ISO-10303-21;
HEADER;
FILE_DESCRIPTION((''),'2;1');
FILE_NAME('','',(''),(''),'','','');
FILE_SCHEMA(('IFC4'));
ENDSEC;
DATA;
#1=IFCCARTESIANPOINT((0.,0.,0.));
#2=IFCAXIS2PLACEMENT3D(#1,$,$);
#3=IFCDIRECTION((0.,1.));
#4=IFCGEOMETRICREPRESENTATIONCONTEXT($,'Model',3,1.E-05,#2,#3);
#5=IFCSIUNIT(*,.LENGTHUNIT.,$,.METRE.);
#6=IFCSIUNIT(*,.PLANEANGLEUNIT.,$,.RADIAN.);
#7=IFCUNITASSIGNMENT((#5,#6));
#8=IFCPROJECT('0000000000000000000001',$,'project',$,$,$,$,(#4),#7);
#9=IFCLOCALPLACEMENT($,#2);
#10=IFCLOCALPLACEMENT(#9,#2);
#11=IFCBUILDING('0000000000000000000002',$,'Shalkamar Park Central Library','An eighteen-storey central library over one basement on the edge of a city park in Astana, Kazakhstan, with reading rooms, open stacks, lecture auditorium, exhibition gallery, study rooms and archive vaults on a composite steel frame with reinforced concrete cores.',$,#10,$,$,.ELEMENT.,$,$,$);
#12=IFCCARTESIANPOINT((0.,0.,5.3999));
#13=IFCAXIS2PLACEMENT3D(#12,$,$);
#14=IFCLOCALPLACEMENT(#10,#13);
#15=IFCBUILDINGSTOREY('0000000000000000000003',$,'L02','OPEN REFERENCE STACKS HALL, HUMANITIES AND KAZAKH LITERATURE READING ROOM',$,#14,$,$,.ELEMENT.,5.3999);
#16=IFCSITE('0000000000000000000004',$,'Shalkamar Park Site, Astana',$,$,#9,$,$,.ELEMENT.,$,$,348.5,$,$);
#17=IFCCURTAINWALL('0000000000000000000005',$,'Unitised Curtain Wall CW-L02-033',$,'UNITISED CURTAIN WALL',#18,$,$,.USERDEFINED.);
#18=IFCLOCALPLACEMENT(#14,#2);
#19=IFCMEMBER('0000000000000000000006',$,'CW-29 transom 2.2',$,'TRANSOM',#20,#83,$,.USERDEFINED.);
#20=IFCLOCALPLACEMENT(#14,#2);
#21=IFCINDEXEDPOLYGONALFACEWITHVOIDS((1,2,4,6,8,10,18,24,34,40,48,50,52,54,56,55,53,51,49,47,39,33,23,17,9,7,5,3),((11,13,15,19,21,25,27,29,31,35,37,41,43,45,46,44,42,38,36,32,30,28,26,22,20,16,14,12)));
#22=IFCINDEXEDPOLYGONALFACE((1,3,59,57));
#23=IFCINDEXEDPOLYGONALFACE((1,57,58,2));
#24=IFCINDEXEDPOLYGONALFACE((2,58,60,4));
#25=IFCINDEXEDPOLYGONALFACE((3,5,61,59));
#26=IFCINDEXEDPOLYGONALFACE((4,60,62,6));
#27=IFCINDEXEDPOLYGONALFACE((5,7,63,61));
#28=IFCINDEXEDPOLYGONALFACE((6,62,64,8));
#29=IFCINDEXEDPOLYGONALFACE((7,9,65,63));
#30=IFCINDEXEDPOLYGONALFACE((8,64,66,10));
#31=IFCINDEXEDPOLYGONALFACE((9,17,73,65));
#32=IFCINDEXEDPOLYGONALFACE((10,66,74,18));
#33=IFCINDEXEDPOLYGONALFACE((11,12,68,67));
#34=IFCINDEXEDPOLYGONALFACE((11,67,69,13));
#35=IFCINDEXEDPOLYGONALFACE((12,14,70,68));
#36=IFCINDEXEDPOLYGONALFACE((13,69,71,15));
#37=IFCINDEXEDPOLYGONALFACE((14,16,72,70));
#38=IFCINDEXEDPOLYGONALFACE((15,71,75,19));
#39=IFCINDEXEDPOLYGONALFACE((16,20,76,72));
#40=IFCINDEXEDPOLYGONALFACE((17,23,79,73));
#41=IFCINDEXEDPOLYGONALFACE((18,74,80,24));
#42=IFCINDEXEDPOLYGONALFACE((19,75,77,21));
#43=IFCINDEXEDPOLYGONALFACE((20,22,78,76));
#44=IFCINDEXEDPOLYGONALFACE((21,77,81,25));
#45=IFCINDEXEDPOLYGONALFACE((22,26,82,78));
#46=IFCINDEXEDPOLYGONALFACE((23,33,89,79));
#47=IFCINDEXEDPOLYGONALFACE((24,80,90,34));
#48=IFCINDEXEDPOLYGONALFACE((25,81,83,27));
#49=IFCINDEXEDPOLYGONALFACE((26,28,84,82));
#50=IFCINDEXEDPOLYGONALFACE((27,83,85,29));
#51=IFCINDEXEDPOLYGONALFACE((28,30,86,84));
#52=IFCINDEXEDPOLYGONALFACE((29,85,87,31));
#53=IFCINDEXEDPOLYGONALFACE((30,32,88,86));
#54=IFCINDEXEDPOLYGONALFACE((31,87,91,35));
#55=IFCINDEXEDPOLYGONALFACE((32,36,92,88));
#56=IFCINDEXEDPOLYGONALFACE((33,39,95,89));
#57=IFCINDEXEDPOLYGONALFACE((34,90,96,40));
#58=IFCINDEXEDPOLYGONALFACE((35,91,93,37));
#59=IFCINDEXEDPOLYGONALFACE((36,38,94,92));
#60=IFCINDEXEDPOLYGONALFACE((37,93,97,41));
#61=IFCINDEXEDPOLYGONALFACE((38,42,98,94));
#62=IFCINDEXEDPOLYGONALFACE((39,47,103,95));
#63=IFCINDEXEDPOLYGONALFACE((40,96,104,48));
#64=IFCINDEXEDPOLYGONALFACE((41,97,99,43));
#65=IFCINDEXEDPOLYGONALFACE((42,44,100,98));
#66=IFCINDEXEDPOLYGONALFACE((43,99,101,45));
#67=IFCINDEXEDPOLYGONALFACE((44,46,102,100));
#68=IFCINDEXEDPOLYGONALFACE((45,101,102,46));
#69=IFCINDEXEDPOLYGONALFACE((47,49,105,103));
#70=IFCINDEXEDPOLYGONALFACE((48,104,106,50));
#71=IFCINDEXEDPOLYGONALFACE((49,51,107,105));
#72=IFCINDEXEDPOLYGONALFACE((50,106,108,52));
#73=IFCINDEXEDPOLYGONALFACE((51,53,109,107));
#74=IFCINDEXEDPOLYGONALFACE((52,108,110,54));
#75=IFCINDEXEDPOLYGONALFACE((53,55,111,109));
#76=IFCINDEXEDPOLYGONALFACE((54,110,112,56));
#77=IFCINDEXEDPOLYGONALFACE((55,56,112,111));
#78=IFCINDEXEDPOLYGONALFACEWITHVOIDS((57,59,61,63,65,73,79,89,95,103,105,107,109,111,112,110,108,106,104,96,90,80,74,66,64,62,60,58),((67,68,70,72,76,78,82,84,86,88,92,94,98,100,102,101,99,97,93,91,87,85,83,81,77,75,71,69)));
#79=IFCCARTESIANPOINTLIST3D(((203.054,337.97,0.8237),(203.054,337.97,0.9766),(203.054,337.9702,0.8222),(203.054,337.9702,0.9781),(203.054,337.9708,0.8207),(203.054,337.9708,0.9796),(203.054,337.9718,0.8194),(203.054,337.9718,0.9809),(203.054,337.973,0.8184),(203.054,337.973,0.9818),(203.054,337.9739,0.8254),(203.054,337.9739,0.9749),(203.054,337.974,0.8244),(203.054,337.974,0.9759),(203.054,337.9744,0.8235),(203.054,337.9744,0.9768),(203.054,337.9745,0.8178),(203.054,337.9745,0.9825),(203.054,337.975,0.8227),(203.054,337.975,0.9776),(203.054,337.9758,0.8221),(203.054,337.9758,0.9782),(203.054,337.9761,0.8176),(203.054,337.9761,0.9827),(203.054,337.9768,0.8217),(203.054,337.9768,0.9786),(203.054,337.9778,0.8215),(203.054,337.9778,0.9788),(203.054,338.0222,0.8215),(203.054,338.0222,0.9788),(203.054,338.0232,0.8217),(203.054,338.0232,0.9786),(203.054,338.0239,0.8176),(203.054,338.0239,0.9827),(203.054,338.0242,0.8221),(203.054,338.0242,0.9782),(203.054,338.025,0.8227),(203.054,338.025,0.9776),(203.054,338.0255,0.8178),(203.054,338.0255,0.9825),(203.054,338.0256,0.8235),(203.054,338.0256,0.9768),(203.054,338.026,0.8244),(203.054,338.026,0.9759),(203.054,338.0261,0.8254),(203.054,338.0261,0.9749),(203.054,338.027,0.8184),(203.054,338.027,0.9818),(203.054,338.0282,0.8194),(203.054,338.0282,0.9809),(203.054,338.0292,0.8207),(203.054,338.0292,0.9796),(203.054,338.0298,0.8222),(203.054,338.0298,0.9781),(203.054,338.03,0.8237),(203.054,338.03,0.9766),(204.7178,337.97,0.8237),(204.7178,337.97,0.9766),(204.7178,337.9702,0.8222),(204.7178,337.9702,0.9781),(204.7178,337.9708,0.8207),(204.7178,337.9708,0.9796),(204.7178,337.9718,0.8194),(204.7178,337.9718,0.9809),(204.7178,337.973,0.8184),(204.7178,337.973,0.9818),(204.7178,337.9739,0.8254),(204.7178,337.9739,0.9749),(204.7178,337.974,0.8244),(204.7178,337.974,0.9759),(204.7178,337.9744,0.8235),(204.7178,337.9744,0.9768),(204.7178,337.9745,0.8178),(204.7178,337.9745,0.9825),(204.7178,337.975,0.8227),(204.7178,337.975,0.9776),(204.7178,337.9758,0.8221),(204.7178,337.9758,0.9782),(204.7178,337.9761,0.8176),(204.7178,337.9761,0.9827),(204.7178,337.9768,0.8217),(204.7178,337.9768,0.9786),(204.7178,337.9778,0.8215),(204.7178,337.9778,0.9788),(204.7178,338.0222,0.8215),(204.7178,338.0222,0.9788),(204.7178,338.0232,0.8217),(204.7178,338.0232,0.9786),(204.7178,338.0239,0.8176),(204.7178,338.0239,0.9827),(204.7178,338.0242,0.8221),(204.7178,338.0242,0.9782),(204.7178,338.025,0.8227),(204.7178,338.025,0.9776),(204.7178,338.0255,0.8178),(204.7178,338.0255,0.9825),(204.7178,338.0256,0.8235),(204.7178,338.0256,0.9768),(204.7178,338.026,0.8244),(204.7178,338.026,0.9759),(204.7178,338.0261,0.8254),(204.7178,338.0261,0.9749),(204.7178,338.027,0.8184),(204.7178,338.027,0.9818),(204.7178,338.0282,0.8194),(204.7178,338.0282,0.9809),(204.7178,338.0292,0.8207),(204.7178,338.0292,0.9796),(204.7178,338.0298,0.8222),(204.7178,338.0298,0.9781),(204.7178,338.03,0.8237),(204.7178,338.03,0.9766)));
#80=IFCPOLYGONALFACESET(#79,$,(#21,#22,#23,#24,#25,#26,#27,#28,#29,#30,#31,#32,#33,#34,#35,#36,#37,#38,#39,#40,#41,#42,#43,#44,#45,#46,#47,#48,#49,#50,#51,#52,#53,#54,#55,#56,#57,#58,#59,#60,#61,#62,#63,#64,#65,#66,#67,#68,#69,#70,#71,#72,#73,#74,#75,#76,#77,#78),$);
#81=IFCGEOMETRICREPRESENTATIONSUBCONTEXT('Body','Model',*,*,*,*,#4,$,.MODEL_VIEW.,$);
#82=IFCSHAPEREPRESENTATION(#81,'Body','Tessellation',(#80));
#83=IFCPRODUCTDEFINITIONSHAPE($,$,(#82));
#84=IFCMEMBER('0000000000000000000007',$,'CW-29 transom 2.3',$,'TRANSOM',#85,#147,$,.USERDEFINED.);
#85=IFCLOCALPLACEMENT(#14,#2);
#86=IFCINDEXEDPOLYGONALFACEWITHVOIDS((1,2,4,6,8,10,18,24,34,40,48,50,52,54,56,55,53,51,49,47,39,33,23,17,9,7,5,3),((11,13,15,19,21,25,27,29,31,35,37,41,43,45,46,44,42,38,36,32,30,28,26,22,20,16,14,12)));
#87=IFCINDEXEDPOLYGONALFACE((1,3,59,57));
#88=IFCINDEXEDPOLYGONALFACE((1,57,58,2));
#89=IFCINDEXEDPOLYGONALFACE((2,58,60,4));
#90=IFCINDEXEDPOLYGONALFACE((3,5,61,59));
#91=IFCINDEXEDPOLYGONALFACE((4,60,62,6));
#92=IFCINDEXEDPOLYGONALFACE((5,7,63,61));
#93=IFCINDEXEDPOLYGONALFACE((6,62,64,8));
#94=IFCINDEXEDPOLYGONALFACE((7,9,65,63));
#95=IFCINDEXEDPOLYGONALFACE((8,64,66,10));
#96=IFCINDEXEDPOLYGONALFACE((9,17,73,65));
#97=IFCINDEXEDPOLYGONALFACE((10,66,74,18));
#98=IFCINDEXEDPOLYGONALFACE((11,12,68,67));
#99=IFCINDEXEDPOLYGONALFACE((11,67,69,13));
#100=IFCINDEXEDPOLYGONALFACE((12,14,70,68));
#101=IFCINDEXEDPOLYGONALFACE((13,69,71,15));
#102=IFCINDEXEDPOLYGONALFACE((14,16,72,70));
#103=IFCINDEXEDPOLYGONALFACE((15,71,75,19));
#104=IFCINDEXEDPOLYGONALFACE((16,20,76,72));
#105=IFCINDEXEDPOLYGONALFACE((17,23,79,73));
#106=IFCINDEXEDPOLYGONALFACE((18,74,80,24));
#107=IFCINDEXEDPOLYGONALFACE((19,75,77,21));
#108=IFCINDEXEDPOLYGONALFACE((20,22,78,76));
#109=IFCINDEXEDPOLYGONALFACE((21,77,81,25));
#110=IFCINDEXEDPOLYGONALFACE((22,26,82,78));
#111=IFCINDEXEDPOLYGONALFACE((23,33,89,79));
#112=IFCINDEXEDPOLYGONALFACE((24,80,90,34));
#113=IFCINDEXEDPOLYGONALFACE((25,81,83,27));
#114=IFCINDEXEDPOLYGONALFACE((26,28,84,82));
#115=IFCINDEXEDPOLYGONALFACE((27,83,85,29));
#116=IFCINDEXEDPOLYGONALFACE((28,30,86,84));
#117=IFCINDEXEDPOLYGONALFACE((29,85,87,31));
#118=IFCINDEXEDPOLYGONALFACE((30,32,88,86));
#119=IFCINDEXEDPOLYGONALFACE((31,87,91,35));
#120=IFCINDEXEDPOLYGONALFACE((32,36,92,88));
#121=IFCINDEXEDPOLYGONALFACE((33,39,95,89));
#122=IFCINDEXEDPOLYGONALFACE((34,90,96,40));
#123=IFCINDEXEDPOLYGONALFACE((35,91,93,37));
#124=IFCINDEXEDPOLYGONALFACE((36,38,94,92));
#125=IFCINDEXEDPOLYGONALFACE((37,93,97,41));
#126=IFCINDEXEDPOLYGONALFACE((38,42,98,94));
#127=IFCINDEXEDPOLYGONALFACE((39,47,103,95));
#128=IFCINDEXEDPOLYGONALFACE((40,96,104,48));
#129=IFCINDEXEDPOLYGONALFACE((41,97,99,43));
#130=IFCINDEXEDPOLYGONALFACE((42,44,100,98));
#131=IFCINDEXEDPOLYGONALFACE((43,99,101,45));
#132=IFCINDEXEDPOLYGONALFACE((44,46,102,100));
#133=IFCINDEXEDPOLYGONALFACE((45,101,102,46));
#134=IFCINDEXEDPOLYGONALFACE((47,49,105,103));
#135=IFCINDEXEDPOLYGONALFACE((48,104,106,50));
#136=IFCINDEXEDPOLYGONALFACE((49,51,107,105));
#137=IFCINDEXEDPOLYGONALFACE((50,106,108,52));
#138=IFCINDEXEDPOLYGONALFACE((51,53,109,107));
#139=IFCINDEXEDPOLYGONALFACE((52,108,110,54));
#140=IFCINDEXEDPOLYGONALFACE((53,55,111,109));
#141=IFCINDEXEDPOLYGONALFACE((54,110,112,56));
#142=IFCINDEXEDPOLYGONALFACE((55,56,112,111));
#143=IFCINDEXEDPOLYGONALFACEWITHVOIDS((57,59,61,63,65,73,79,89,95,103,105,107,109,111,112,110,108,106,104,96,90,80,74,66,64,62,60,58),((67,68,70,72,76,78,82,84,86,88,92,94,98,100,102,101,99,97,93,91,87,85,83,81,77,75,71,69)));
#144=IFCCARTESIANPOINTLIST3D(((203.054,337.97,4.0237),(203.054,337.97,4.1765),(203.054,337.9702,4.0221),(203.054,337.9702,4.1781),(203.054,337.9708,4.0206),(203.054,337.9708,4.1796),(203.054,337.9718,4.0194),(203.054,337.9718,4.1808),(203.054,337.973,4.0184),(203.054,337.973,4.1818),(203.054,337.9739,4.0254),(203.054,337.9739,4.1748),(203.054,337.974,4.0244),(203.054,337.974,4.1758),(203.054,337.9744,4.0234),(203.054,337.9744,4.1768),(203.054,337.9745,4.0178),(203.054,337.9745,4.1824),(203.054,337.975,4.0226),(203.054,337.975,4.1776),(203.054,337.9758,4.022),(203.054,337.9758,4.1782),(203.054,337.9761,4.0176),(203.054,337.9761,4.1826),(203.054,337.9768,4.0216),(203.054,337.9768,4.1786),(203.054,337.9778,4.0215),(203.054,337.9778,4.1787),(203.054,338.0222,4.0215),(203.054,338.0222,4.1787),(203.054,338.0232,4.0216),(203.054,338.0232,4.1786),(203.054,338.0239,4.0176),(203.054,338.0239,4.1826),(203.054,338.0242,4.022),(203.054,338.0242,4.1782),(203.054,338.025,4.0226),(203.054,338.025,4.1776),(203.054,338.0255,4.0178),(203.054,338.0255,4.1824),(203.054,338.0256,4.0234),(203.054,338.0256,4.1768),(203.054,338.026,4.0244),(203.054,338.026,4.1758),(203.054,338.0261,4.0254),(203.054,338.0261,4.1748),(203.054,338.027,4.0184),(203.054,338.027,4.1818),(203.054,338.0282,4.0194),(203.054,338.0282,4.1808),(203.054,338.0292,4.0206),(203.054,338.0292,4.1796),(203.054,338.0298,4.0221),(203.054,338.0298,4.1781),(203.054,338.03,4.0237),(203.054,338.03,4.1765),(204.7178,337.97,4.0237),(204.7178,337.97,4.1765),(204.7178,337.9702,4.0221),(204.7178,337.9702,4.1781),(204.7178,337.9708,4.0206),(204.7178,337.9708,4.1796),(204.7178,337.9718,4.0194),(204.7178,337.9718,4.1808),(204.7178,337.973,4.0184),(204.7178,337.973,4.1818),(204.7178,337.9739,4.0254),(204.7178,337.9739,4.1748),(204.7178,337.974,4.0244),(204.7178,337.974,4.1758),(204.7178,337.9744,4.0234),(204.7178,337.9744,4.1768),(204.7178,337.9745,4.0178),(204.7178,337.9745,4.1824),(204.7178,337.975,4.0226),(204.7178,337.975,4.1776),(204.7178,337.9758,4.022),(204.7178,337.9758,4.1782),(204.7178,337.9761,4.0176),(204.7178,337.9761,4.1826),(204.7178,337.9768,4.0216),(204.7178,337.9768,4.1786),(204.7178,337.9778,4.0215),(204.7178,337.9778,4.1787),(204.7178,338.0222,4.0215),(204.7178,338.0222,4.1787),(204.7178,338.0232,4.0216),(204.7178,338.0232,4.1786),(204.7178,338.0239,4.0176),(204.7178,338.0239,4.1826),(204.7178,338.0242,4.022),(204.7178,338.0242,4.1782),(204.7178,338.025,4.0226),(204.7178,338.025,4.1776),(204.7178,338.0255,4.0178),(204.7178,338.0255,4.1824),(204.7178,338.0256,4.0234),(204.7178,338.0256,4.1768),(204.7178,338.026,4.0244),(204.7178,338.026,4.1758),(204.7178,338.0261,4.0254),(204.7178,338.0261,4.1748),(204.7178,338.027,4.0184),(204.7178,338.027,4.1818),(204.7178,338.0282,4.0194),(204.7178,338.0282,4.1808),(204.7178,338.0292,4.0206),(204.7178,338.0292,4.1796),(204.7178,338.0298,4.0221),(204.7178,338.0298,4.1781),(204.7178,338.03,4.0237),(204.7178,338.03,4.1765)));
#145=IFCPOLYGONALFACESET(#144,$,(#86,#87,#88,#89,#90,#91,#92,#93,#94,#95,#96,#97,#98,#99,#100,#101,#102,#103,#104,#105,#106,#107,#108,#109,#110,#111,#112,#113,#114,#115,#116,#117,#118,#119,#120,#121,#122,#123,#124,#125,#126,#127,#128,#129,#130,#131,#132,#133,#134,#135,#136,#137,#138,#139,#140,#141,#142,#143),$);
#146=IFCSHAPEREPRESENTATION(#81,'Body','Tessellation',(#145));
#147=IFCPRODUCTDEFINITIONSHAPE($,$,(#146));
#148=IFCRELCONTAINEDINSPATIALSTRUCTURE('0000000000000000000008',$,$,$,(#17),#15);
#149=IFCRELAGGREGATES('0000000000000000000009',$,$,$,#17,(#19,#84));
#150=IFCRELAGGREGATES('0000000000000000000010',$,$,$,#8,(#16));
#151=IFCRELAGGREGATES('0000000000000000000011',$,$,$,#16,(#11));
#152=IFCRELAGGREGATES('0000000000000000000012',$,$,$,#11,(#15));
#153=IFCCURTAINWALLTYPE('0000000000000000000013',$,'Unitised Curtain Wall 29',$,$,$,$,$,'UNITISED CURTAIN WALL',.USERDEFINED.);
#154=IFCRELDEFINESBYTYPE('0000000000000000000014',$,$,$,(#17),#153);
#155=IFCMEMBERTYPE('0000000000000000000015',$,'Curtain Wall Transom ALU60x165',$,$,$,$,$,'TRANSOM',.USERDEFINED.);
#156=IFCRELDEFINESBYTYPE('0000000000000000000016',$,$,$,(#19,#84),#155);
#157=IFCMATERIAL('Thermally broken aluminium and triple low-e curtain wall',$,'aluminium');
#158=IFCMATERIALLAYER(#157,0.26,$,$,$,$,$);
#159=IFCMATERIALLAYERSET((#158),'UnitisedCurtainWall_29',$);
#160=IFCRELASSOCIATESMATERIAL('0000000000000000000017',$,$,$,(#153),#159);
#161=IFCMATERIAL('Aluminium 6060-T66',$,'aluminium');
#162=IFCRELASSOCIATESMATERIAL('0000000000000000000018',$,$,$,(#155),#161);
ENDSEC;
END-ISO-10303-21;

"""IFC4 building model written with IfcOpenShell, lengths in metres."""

from ifc_helpers import new_model, si_unit, direction, frame, origin, origin_2d, place, context, subcontext, project, spatial, hollow_rectangle, extrude, material, layer, layer_set, material_profile, profile_set, type_object, element, aggregate, save


model = new_model("IFC4")

# Units and contexts
model_context = context("Model", 3, precision=1e-05, world=origin(), true_north=direction((0.0, 1.0)))
body_context = subcontext(model_context, "Body", "Model", "MODEL_VIEW")
ifc_project = project(units=[si_unit("LENGTHUNIT", "METRE"), si_unit("PLANEANGLEUNIT", "RADIAN")], contexts=[model_context])

# Site, building, storey
site_placement = place(None, origin())
site = spatial("IfcSite", under=ifc_project, at=site_placement, Name="Shalkamar Park Site, Astana", CompositionType="ELEMENT", RefElevation=348.5)
building_placement = place(site_placement, origin())
building = spatial("IfcBuilding", under=site, at=building_placement, Name="Shalkamar Park Central Library", Description="An eighteen-storey central library over one basement on the edge of a city park in Astana, Kazakhstan, with reading rooms, open stacks, lecture auditorium, exhibition gallery, study rooms and archive vaults on a composite steel frame with reinforced concrete cores.", CompositionType="ELEMENT")
storey_placement = place(building_placement, frame((0.0, 0.0, 5.3999)))
storey = spatial("IfcBuildingStorey", under=building, at=storey_placement, Name="L02", Description="OPEN REFERENCE STACKS HALL, HUMANITIES AND KAZAKH LITERATURE READING ROOM", CompositionType="ELEMENT", Elevation=5.3999)

# Curtain wall
ifc_material_1 = material(Name="Thermally broken aluminium and triple low-e curtain wall", Category="aluminium")
ifc_layer_1 = layer(ifc_material_1, 0.26)
ifc_layer_set_1 = layer_set([ifc_layer_1], Name="UnitisedCurtainWall_29")
curtain_wall_type_1 = type_object("IfcCurtainWallType", Name="Unitised Curtain Wall 29", ElementType="UNITISED CURTAIN WALL", PredefinedType="USERDEFINED", material=ifc_layer_set_1)
curtain_wall_1_placement = place(storey_placement, origin())
curtain_wall_1 = element("IfcCurtainWall", 1, at=curtain_wall_1_placement, inside=storey, type_object=curtain_wall_type_1, Name="Unitised Curtain Wall CW-L02-033", ObjectType="UNITISED CURTAIN WALL", PredefinedType="USERDEFINED")
ifc_material_2 = material(Name="Aluminium 6060-T66", Category="aluminium")

# Members
ifc_material_profile_1 = material_profile(ifc_material_2, hollow_rectangle(XDim=0.0601, YDim=0.165, WallThickness=0.0039, InnerFilletRadius=0.0039, OuterFilletRadius=0.0061, at=origin_2d()), Name="ALU 60x165x4")
ifc_profile_set_1 = profile_set([ifc_material_profile_1], Name="Aluminium 6060-T66")
member_type_1 = type_object("IfcMemberType", Name="Curtain Wall Transom ALU60x165", ElementType="TRANSOM", PredefinedType="USERDEFINED", material=ifc_profile_set_1)
member_1_placement = place(storey_placement, frame((203.054, 338.0, 0.9001), z_axis=(1.0, 0.0, 0.0), x_axis=(0.0, 1.0, 0.0)))
member_1 = element("IfcMember", 2, at=member_1_placement, type_object=member_type_1, Name="CW-29 transom 2.2", ObjectType="TRANSOM", PredefinedType="USERDEFINED", context=body_context, shape_type="SweptSolid", body=[
    extrude(hollow_rectangle(XDim=0.0601, YDim=0.165, WallThickness=0.0039, InnerFilletRadius=0.0039, OuterFilletRadius=0.0061, at=origin_2d()), origin(), (0.0, 0.0, 1.0), 1.6638),
])
member_2_placement = place(storey_placement, frame((203.054, 338.0, 4.1001), z_axis=(1.0, 0.0, 0.0), x_axis=(0.0, 1.0, 0.0)))
member_2 = element("IfcMember", 3, at=member_2_placement, type_object=member_type_1, Name="CW-29 transom 2.3", ObjectType="TRANSOM", PredefinedType="USERDEFINED", context=body_context, shape_type="SweptSolid", body=[
    extrude(hollow_rectangle(XDim=0.0601, YDim=0.165, WallThickness=0.0039, InnerFilletRadius=0.0039, OuterFilletRadius=0.0061, at=origin_2d()), origin(), (0.0, 0.0, 1.0), 1.6638),
])

aggregate(curtain_wall_1, [member_1, member_2])

save(model, "model.ifc")
